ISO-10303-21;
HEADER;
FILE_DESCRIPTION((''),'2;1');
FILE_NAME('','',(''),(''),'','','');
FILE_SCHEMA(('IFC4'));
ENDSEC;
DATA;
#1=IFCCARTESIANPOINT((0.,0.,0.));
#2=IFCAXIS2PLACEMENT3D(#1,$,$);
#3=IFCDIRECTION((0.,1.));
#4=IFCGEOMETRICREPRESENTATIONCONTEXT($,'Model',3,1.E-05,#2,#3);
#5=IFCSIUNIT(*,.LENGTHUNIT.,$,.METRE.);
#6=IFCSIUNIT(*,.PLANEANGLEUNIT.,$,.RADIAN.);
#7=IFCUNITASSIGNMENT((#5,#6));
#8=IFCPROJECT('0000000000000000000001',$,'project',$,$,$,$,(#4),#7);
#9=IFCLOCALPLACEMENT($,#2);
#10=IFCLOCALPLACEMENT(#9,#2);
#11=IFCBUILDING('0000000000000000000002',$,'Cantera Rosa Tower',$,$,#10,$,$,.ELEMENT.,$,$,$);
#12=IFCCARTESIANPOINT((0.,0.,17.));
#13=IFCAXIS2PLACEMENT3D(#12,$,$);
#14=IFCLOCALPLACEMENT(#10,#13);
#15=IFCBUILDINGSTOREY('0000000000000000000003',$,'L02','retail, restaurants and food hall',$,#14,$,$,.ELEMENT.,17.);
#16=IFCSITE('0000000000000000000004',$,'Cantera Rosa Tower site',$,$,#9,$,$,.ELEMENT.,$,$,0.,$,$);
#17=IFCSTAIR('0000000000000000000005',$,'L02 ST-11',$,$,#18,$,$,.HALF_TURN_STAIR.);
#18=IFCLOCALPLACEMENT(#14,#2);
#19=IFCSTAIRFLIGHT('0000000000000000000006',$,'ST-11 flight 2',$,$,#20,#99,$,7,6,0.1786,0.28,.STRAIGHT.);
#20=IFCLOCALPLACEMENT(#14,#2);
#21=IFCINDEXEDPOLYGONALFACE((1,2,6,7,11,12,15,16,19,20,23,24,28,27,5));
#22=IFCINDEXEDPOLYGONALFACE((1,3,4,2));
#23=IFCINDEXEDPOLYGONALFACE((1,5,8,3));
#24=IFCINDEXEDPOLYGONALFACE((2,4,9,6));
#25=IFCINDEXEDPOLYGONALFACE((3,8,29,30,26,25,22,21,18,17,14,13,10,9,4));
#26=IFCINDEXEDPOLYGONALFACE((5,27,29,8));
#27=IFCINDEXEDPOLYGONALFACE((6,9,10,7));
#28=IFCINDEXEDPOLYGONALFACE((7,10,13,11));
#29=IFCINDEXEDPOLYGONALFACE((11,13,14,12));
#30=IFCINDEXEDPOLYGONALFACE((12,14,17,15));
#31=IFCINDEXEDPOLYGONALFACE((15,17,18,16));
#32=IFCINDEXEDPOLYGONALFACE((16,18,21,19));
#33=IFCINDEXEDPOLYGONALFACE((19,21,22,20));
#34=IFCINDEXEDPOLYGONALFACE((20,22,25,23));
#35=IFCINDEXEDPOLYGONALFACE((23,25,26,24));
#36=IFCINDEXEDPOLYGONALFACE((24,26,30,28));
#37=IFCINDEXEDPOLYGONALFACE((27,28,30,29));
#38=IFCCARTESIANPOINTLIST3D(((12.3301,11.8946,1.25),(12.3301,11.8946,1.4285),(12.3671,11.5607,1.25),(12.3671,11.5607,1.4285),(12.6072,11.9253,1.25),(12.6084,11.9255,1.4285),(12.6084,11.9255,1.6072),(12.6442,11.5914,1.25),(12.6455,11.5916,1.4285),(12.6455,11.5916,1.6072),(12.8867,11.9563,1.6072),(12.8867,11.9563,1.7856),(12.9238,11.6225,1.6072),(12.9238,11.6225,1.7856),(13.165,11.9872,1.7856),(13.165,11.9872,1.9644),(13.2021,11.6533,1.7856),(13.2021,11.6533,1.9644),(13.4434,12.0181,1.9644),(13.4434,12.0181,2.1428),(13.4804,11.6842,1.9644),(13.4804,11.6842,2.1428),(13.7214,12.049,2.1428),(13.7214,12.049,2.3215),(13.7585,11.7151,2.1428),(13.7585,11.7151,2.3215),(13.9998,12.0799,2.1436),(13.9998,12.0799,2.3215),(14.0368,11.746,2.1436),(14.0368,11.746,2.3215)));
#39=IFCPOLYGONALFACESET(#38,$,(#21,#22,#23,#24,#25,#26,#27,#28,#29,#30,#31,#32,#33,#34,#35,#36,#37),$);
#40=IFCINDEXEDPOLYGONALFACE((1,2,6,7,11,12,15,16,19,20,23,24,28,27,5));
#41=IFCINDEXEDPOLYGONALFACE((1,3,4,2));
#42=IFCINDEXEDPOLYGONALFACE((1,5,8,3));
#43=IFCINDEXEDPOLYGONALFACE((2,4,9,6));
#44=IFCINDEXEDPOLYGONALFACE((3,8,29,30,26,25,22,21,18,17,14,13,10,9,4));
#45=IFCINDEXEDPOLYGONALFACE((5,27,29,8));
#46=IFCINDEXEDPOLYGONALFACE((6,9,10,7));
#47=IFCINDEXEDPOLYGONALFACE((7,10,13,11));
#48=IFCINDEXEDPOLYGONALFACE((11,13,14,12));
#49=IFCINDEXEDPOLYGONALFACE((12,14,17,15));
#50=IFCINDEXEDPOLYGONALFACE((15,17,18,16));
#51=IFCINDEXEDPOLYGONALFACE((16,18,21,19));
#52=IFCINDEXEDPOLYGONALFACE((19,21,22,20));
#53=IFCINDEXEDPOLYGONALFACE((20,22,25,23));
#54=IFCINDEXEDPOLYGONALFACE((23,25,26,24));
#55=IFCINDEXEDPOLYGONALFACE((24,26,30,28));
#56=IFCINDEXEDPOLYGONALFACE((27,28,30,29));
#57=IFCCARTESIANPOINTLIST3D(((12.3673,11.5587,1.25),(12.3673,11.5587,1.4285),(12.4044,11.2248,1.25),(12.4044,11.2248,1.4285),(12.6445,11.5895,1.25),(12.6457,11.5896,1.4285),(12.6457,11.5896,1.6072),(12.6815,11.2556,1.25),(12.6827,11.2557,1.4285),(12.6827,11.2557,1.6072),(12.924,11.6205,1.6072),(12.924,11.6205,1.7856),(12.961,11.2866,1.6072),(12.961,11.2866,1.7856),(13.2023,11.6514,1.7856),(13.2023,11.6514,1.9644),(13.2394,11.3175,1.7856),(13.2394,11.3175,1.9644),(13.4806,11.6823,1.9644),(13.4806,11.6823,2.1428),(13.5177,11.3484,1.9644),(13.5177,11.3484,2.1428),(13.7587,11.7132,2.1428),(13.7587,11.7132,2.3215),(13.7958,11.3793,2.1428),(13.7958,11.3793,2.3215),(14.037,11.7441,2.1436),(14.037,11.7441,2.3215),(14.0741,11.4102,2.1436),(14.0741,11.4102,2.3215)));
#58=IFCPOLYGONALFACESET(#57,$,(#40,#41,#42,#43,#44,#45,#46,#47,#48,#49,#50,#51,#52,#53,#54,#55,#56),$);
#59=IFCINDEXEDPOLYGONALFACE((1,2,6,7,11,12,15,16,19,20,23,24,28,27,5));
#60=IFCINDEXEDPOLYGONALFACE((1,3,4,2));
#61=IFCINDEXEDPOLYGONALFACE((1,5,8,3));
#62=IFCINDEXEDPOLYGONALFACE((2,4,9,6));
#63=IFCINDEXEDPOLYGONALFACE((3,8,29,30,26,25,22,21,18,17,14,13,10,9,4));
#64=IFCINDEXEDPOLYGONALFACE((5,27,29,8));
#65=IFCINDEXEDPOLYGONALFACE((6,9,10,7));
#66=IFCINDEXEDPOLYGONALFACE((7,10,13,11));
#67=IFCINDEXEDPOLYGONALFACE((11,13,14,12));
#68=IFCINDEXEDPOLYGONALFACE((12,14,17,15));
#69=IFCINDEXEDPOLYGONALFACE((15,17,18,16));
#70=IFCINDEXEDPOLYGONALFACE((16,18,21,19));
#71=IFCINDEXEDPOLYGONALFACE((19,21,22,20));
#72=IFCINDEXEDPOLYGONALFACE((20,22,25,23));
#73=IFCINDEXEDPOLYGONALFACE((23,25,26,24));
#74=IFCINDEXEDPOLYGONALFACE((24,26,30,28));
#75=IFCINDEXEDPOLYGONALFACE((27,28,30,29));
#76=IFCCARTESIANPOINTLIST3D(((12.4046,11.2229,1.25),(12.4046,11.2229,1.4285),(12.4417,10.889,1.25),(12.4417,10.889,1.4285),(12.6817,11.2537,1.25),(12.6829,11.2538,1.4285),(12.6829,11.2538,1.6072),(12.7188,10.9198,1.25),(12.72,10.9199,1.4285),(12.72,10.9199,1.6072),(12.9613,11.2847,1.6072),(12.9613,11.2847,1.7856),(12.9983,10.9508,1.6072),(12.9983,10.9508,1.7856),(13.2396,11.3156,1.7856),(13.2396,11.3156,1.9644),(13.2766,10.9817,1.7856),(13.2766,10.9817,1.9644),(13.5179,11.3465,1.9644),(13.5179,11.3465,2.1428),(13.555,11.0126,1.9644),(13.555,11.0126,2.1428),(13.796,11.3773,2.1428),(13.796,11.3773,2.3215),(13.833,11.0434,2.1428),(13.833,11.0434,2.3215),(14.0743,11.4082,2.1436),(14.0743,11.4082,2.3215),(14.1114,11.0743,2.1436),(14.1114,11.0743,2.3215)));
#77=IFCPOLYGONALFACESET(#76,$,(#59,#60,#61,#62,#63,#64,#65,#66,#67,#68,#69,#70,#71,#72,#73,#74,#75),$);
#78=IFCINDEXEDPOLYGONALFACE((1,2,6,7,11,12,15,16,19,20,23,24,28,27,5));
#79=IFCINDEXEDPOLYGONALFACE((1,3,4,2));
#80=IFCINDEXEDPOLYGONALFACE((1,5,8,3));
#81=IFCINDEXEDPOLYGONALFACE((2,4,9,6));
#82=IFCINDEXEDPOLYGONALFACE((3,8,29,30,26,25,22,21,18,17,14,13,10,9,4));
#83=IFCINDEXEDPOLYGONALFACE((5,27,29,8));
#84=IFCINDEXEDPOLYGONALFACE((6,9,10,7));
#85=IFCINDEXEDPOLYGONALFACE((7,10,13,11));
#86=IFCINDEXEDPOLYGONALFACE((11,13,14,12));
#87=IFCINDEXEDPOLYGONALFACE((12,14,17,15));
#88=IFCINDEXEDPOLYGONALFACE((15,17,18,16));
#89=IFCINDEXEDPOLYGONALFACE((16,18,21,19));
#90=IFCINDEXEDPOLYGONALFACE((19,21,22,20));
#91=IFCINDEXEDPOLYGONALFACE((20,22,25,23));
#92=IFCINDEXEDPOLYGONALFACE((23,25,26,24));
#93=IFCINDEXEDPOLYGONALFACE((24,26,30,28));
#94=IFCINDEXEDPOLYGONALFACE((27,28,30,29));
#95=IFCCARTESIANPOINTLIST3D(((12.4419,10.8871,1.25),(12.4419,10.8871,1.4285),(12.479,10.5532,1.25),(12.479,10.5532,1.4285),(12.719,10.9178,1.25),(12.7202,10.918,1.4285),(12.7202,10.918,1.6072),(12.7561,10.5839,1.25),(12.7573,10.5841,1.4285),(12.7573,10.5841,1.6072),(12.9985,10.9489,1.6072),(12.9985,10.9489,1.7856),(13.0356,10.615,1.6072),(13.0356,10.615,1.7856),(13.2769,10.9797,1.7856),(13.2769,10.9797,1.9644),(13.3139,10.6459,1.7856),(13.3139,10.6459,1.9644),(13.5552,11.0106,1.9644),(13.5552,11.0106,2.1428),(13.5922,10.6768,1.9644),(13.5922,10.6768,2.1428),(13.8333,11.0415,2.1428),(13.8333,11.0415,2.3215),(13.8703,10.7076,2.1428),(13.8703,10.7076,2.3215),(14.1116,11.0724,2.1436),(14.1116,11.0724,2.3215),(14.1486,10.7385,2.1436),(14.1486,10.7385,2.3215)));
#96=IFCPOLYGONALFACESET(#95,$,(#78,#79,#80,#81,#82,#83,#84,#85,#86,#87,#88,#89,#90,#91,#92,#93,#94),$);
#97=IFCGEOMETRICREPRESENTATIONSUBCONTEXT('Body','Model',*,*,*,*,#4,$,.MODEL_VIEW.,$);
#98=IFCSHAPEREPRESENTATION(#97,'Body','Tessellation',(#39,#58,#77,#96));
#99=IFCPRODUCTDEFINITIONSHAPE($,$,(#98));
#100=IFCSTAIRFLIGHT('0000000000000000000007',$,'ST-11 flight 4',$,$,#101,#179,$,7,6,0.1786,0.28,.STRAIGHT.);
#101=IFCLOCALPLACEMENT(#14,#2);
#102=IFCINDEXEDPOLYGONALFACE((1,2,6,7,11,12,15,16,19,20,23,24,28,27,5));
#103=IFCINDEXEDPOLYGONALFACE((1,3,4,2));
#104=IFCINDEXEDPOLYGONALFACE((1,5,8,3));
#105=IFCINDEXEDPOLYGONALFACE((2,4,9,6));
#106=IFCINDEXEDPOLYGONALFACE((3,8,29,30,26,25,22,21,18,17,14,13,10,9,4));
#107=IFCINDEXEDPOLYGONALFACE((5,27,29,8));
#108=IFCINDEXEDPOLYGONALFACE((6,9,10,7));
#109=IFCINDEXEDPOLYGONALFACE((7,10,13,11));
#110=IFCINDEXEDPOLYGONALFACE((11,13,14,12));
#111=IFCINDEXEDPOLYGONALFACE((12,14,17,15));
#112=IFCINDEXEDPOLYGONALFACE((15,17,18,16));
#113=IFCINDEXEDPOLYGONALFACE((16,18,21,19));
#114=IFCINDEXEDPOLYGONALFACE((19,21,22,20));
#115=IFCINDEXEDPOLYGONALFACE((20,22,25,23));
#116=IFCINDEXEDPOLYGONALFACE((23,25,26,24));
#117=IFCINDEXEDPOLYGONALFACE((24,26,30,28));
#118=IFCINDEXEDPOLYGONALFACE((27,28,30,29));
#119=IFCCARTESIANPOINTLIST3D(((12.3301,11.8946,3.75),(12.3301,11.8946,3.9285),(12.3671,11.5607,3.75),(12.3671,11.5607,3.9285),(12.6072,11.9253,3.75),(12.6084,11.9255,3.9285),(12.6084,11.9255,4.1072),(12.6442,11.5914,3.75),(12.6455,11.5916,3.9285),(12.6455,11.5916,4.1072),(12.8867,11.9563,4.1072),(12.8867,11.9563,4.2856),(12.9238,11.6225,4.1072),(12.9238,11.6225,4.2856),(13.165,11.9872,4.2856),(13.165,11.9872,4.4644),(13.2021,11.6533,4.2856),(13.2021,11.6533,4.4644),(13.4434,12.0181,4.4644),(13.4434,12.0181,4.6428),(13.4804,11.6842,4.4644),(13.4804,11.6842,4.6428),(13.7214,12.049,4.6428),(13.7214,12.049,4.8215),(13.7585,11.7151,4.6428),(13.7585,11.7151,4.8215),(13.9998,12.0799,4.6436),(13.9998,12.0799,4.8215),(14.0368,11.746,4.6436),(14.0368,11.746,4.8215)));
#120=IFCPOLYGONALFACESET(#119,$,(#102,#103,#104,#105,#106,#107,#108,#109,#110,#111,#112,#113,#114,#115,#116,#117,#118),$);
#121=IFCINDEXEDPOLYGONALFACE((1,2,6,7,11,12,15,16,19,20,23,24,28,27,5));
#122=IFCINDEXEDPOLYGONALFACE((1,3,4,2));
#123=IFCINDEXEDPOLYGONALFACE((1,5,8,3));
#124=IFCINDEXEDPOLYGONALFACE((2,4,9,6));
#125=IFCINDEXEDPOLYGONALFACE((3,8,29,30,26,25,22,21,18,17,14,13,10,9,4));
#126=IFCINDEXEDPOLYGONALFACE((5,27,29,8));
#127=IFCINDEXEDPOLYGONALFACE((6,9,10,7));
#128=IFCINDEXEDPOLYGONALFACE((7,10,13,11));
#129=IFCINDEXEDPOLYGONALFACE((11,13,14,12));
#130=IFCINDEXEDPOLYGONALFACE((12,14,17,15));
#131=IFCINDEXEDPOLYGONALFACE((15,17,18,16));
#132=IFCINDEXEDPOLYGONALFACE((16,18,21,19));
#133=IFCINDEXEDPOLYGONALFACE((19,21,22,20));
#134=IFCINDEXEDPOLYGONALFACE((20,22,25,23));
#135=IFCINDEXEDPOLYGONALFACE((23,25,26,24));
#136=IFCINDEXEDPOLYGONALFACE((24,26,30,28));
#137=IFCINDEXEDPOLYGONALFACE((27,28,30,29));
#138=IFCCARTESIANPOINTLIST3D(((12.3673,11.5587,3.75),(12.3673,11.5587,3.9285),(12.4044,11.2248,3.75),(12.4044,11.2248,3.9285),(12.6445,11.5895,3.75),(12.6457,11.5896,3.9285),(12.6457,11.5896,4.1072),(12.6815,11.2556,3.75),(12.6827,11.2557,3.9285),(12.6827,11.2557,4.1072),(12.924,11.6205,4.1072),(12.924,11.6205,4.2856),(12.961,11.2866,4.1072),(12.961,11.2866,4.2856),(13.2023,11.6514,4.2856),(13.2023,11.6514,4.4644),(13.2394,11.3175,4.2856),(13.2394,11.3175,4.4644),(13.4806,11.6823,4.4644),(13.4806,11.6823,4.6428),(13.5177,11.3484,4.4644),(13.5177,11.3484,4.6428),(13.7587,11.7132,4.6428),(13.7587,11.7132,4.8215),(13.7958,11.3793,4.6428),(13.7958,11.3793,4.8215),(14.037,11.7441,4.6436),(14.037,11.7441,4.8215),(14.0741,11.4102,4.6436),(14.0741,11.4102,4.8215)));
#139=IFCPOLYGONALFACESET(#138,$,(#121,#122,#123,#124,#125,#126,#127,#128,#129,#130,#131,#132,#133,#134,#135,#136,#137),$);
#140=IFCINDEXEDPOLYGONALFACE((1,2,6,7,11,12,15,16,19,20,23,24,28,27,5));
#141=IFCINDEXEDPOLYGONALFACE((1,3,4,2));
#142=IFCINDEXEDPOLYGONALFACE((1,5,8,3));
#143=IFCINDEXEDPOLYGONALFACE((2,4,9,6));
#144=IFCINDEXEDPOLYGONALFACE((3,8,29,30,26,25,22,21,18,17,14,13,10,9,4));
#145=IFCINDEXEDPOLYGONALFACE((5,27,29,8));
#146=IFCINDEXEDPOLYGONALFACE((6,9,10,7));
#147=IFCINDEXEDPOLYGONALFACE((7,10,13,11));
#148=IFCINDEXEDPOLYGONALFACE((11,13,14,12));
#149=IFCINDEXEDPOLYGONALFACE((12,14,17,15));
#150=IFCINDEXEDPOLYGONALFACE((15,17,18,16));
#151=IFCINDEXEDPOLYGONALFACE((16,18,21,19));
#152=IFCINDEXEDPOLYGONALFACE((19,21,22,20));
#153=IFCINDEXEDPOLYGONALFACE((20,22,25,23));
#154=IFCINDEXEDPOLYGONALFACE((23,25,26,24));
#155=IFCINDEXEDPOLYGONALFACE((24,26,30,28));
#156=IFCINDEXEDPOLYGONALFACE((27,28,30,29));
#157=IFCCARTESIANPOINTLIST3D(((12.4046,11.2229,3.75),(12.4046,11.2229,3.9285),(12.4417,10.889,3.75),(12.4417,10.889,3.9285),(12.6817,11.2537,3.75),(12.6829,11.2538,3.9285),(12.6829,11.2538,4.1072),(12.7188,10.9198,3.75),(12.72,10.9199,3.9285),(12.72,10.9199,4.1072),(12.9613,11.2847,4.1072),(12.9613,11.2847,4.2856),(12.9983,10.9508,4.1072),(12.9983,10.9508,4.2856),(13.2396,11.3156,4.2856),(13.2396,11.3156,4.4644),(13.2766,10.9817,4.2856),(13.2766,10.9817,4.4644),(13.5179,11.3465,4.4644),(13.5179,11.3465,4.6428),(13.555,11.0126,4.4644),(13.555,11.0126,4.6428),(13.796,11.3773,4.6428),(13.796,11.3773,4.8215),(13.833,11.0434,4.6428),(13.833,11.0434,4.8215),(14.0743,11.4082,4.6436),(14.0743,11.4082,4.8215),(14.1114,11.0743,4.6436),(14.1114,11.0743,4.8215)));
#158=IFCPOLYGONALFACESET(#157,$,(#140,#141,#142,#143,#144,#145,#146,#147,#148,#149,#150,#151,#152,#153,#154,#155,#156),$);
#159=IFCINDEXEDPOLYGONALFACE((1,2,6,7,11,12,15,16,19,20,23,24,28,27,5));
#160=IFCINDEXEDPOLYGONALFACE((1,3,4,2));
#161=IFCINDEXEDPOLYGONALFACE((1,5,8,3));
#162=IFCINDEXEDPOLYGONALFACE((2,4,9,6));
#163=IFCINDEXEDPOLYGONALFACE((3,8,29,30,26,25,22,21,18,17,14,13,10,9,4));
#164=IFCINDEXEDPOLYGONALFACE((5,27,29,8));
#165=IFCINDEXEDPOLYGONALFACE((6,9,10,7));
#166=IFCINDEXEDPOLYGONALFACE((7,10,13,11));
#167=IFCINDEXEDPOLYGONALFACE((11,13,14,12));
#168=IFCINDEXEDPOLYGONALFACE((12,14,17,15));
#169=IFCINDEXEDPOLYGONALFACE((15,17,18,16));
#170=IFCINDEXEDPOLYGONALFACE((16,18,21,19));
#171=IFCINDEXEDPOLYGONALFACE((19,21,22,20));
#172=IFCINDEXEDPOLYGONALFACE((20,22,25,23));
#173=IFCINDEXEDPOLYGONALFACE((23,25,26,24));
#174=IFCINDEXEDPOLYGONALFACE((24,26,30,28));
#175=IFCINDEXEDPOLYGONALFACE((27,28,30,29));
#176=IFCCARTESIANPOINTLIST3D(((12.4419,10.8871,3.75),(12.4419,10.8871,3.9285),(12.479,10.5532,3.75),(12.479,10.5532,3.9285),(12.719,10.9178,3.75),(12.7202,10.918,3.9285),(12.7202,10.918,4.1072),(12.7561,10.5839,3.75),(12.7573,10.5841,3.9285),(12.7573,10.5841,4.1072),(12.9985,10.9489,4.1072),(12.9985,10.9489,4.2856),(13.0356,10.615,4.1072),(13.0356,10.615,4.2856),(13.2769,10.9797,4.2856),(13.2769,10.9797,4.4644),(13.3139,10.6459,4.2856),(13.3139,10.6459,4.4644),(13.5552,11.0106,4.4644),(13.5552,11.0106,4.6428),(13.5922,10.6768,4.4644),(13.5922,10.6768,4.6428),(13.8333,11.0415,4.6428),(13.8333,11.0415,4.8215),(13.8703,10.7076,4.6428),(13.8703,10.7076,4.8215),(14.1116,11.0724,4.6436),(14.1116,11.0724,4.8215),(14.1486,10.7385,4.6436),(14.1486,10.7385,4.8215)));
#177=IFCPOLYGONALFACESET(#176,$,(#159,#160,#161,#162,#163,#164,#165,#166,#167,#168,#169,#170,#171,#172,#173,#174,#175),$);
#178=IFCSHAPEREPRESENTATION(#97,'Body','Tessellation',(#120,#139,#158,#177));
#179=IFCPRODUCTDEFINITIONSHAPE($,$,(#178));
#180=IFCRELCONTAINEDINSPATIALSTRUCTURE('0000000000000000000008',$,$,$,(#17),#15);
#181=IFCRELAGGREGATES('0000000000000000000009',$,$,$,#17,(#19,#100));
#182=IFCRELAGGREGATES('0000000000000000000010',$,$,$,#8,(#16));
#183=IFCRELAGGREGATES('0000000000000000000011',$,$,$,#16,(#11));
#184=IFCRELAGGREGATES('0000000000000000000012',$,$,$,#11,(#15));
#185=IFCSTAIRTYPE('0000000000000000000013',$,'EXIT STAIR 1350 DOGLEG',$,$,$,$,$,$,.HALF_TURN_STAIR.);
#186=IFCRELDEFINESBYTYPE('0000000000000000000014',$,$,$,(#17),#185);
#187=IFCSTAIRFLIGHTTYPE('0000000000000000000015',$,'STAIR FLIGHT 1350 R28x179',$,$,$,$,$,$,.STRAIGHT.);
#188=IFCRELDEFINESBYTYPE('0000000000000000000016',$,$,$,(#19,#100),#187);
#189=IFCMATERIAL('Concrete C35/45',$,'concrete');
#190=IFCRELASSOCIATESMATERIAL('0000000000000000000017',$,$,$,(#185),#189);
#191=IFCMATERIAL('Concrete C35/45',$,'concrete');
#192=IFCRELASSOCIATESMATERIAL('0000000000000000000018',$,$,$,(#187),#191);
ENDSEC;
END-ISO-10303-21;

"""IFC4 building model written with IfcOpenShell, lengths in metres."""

from ifc_helpers import new_model, si_unit, direction, frame, origin, place, context, subcontext, project, spatial, polyline, outline, extrude, material, type_object, element, aggregate, save


model = new_model("IFC4")

# Units and contexts
model_context = context("Model", 3, precision=1e-05, world=origin(), true_north=direction((0.0, 1.0)))
body_context = subcontext(model_context, "Body", "Model", "MODEL_VIEW")
ifc_project = project(units=[si_unit("LENGTHUNIT", "METRE"), si_unit("PLANEANGLEUNIT", "RADIAN")], contexts=[model_context])

# Site, building, storey
site_placement = place(None, origin())
site = spatial("IfcSite", under=ifc_project, at=site_placement, Name="Cantera Rosa Tower site", CompositionType="ELEMENT", RefElevation=0.0)
building_placement = place(site_placement, origin())
building = spatial("IfcBuilding", under=site, at=building_placement, Name="Cantera Rosa Tower", CompositionType="ELEMENT")
storey_placement = place(building_placement, frame((0.0, 0.0, 17.0)))
storey = spatial("IfcBuildingStorey", under=building, at=storey_placement, Name="L02", Description="retail, restaurants and food hall", CompositionType="ELEMENT", Elevation=17.0)

# Stair, stair flights
ifc_material_1 = material(Name="Concrete C35/45", Category="concrete")
stair_type_1 = type_object("IfcStairType", Name="EXIT STAIR 1350 DOGLEG", PredefinedType="HALF_TURN_STAIR", material=ifc_material_1)
stair_1_placement = place(storey_placement, origin())
stair_1 = element("IfcStair", 1, at=stair_1_placement, inside=storey, type_object=stair_type_1, Name="L02 ST-11", PredefinedType="HALF_TURN_STAIR")
ifc_material_2 = material(Name="Concrete C35/45", Category="concrete")
stair_flight_type = type_object("IfcStairFlightType", Name="STAIR FLIGHT 1350 R28x179", PredefinedType="STRAIGHT", material=ifc_material_2)
stair_flight_1_placement = place(storey_placement, frame((12.4045, 11.2236, 1.25), z_axis=(0.0, 0.0, 1.0), x_axis=(0.993897, 0.110313, 0.0)))
stair_flight_1 = element("IfcStairFlight", 2, at=stair_flight_1_placement, type_object=stair_flight_type, Name="ST-11 flight 2", NumberOfRisers=7, NumberOfTreads=6, PredefinedType="STRAIGHT", RiserHeight=0.1786, TreadLength=0.28, context=body_context, shape_type="SweptSolid", body=[
    extrude(outline(polyline([(0.0, 0.0), (0.0, 0.1785), (0.28, 0.1785), (0.28, 0.3572), (0.5601, 0.3572), (0.5601, 0.5356), (0.8401, 0.5356), (0.8401, 0.7144), (1.1201, 0.7144), (1.1201, 0.8928), (1.3999, 0.8928), (1.3999, 1.0715), (1.6799, 1.0715), (1.6799, 1.25), (1.6799, 0.8936), (0.2788, 0.0), (0.0, 0.0)])), frame((0.0, 0.675, 0.0), z_axis=(0.0, -1.0, 0.0), x_axis=(1.0, 0.0, 0.0)), (0.0, 0.0, 1.0), 0.3359),
    extrude(outline(polyline([(0.0, 0.0), (0.0, 0.1785), (0.28, 0.1785), (0.28, 0.3572), (0.5601, 0.3572), (0.5601, 0.5356), (0.8401, 0.5356), (0.8401, 0.7144), (1.1201, 0.7144), (1.1201, 0.8928), (1.3999, 0.8928), (1.3999, 1.0715), (1.6799, 1.0715), (1.6799, 1.25), (1.6799, 0.8936), (0.2788, 0.0), (0.0, 0.0)])), frame((0.0, 0.3372, 0.0), z_axis=(0.0, -1.0, 0.0), x_axis=(1.0, 0.0, 0.0)), (0.0, 0.0, 1.0), 0.3359),
    extrude(outline(polyline([(0.0, 0.0), (0.0, 0.1785), (0.28, 0.1785), (0.28, 0.3572), (0.5601, 0.3572), (0.5601, 0.5356), (0.8401, 0.5356), (0.8401, 0.7144), (1.1201, 0.7144), (1.1201, 0.8928), (1.3999, 0.8928), (1.3999, 1.0715), (1.6799, 1.0715), (1.6799, 1.25), (1.6799, 0.8936), (0.2788, 0.0), (0.0, 0.0)])), frame((0.0, -0.0007, 0.0), z_axis=(0.0, -1.0, 0.0), x_axis=(1.0, 0.0, 0.0)), (0.0, 0.0, 1.0), 0.3359),
    extrude(outline(polyline([(0.0, 0.0), (0.0, 0.1785), (0.28, 0.1785), (0.28, 0.3572), (0.5601, 0.3572), (0.5601, 0.5356), (0.8401, 0.5356), (0.8401, 0.7144), (1.1201, 0.7144), (1.1201, 0.8928), (1.3999, 0.8928), (1.3999, 1.0715), (1.6799, 1.0715), (1.6799, 1.25), (1.6799, 0.8936), (0.2788, 0.0), (0.0, 0.0)])), frame((0.0, -0.3386, 0.0), z_axis=(0.0, -1.0, 0.0), x_axis=(1.0, 0.0, 0.0)), (0.0, 0.0, 1.0), 0.3359),
])
stair_flight_2_placement = place(storey_placement, frame((12.4045, 11.2236, 3.75), z_axis=(0.0, 0.0, 1.0), x_axis=(0.993897, 0.110313, 0.0)))
stair_flight_2 = element("IfcStairFlight", 3, at=stair_flight_2_placement, type_object=stair_flight_type, Name="ST-11 flight 4", NumberOfRisers=7, NumberOfTreads=6, PredefinedType="STRAIGHT", RiserHeight=0.1786, TreadLength=0.28, context=body_context, shape_type="SweptSolid", body=[
    extrude(outline(polyline([(0.0, 0.0), (0.0, 0.1785), (0.28, 0.1785), (0.28, 0.3572), (0.5601, 0.3572), (0.5601, 0.5356), (0.8401, 0.5356), (0.8401, 0.7144), (1.1201, 0.7144), (1.1201, 0.8928), (1.3999, 0.8928), (1.3999, 1.0715), (1.6799, 1.0715), (1.6799, 1.25), (1.6799, 0.8936), (0.2788, 0.0), (0.0, 0.0)])), frame((0.0, 0.675, 0.0), z_axis=(0.0, -1.0, 0.0), x_axis=(1.0, 0.0, 0.0)), (0.0, 0.0, 1.0), 0.3359),
    extrude(outline(polyline([(0.0, 0.0), (0.0, 0.1785), (0.28, 0.1785), (0.28, 0.3572), (0.5601, 0.3572), (0.5601, 0.5356), (0.8401, 0.5356), (0.8401, 0.7144), (1.1201, 0.7144), (1.1201, 0.8928), (1.3999, 0.8928), (1.3999, 1.0715), (1.6799, 1.0715), (1.6799, 1.25), (1.6799, 0.8936), (0.2788, 0.0), (0.0, 0.0)])), frame((0.0, 0.3372, 0.0), z_axis=(0.0, -1.0, 0.0), x_axis=(1.0, 0.0, 0.0)), (0.0, 0.0, 1.0), 0.3359),
    extrude(outline(polyline([(0.0, 0.0), (0.0, 0.1785), (0.28, 0.1785), (0.28, 0.3572), (0.5601, 0.3572), (0.5601, 0.5356), (0.8401, 0.5356), (0.8401, 0.7144), (1.1201, 0.7144), (1.1201, 0.8928), (1.3999, 0.8928), (1.3999, 1.0715), (1.6799, 1.0715), (1.6799, 1.25), (1.6799, 0.8936), (0.2788, 0.0), (0.0, 0.0)])), frame((0.0, -0.0007, 0.0), z_axis=(0.0, -1.0, 0.0), x_axis=(1.0, 0.0, 0.0)), (0.0, 0.0, 1.0), 0.3359),
    extrude(outline(polyline([(0.0, 0.0), (0.0, 0.1785), (0.28, 0.1785), (0.28, 0.3572), (0.5601, 0.3572), (0.5601, 0.5356), (0.8401, 0.5356), (0.8401, 0.7144), (1.1201, 0.7144), (1.1201, 0.8928), (1.3999, 0.8928), (1.3999, 1.0715), (1.6799, 1.0715), (1.6799, 1.25), (1.6799, 0.8936), (0.2788, 0.0), (0.0, 0.0)])), frame((0.0, -0.3386, 0.0), z_axis=(0.0, -1.0, 0.0), x_axis=(1.0, 0.0, 0.0)), (0.0, 0.0, 1.0), 0.3359),
])
aggregate(stair_1, [stair_flight_1, stair_flight_2])

save(model, "model.ifc")
